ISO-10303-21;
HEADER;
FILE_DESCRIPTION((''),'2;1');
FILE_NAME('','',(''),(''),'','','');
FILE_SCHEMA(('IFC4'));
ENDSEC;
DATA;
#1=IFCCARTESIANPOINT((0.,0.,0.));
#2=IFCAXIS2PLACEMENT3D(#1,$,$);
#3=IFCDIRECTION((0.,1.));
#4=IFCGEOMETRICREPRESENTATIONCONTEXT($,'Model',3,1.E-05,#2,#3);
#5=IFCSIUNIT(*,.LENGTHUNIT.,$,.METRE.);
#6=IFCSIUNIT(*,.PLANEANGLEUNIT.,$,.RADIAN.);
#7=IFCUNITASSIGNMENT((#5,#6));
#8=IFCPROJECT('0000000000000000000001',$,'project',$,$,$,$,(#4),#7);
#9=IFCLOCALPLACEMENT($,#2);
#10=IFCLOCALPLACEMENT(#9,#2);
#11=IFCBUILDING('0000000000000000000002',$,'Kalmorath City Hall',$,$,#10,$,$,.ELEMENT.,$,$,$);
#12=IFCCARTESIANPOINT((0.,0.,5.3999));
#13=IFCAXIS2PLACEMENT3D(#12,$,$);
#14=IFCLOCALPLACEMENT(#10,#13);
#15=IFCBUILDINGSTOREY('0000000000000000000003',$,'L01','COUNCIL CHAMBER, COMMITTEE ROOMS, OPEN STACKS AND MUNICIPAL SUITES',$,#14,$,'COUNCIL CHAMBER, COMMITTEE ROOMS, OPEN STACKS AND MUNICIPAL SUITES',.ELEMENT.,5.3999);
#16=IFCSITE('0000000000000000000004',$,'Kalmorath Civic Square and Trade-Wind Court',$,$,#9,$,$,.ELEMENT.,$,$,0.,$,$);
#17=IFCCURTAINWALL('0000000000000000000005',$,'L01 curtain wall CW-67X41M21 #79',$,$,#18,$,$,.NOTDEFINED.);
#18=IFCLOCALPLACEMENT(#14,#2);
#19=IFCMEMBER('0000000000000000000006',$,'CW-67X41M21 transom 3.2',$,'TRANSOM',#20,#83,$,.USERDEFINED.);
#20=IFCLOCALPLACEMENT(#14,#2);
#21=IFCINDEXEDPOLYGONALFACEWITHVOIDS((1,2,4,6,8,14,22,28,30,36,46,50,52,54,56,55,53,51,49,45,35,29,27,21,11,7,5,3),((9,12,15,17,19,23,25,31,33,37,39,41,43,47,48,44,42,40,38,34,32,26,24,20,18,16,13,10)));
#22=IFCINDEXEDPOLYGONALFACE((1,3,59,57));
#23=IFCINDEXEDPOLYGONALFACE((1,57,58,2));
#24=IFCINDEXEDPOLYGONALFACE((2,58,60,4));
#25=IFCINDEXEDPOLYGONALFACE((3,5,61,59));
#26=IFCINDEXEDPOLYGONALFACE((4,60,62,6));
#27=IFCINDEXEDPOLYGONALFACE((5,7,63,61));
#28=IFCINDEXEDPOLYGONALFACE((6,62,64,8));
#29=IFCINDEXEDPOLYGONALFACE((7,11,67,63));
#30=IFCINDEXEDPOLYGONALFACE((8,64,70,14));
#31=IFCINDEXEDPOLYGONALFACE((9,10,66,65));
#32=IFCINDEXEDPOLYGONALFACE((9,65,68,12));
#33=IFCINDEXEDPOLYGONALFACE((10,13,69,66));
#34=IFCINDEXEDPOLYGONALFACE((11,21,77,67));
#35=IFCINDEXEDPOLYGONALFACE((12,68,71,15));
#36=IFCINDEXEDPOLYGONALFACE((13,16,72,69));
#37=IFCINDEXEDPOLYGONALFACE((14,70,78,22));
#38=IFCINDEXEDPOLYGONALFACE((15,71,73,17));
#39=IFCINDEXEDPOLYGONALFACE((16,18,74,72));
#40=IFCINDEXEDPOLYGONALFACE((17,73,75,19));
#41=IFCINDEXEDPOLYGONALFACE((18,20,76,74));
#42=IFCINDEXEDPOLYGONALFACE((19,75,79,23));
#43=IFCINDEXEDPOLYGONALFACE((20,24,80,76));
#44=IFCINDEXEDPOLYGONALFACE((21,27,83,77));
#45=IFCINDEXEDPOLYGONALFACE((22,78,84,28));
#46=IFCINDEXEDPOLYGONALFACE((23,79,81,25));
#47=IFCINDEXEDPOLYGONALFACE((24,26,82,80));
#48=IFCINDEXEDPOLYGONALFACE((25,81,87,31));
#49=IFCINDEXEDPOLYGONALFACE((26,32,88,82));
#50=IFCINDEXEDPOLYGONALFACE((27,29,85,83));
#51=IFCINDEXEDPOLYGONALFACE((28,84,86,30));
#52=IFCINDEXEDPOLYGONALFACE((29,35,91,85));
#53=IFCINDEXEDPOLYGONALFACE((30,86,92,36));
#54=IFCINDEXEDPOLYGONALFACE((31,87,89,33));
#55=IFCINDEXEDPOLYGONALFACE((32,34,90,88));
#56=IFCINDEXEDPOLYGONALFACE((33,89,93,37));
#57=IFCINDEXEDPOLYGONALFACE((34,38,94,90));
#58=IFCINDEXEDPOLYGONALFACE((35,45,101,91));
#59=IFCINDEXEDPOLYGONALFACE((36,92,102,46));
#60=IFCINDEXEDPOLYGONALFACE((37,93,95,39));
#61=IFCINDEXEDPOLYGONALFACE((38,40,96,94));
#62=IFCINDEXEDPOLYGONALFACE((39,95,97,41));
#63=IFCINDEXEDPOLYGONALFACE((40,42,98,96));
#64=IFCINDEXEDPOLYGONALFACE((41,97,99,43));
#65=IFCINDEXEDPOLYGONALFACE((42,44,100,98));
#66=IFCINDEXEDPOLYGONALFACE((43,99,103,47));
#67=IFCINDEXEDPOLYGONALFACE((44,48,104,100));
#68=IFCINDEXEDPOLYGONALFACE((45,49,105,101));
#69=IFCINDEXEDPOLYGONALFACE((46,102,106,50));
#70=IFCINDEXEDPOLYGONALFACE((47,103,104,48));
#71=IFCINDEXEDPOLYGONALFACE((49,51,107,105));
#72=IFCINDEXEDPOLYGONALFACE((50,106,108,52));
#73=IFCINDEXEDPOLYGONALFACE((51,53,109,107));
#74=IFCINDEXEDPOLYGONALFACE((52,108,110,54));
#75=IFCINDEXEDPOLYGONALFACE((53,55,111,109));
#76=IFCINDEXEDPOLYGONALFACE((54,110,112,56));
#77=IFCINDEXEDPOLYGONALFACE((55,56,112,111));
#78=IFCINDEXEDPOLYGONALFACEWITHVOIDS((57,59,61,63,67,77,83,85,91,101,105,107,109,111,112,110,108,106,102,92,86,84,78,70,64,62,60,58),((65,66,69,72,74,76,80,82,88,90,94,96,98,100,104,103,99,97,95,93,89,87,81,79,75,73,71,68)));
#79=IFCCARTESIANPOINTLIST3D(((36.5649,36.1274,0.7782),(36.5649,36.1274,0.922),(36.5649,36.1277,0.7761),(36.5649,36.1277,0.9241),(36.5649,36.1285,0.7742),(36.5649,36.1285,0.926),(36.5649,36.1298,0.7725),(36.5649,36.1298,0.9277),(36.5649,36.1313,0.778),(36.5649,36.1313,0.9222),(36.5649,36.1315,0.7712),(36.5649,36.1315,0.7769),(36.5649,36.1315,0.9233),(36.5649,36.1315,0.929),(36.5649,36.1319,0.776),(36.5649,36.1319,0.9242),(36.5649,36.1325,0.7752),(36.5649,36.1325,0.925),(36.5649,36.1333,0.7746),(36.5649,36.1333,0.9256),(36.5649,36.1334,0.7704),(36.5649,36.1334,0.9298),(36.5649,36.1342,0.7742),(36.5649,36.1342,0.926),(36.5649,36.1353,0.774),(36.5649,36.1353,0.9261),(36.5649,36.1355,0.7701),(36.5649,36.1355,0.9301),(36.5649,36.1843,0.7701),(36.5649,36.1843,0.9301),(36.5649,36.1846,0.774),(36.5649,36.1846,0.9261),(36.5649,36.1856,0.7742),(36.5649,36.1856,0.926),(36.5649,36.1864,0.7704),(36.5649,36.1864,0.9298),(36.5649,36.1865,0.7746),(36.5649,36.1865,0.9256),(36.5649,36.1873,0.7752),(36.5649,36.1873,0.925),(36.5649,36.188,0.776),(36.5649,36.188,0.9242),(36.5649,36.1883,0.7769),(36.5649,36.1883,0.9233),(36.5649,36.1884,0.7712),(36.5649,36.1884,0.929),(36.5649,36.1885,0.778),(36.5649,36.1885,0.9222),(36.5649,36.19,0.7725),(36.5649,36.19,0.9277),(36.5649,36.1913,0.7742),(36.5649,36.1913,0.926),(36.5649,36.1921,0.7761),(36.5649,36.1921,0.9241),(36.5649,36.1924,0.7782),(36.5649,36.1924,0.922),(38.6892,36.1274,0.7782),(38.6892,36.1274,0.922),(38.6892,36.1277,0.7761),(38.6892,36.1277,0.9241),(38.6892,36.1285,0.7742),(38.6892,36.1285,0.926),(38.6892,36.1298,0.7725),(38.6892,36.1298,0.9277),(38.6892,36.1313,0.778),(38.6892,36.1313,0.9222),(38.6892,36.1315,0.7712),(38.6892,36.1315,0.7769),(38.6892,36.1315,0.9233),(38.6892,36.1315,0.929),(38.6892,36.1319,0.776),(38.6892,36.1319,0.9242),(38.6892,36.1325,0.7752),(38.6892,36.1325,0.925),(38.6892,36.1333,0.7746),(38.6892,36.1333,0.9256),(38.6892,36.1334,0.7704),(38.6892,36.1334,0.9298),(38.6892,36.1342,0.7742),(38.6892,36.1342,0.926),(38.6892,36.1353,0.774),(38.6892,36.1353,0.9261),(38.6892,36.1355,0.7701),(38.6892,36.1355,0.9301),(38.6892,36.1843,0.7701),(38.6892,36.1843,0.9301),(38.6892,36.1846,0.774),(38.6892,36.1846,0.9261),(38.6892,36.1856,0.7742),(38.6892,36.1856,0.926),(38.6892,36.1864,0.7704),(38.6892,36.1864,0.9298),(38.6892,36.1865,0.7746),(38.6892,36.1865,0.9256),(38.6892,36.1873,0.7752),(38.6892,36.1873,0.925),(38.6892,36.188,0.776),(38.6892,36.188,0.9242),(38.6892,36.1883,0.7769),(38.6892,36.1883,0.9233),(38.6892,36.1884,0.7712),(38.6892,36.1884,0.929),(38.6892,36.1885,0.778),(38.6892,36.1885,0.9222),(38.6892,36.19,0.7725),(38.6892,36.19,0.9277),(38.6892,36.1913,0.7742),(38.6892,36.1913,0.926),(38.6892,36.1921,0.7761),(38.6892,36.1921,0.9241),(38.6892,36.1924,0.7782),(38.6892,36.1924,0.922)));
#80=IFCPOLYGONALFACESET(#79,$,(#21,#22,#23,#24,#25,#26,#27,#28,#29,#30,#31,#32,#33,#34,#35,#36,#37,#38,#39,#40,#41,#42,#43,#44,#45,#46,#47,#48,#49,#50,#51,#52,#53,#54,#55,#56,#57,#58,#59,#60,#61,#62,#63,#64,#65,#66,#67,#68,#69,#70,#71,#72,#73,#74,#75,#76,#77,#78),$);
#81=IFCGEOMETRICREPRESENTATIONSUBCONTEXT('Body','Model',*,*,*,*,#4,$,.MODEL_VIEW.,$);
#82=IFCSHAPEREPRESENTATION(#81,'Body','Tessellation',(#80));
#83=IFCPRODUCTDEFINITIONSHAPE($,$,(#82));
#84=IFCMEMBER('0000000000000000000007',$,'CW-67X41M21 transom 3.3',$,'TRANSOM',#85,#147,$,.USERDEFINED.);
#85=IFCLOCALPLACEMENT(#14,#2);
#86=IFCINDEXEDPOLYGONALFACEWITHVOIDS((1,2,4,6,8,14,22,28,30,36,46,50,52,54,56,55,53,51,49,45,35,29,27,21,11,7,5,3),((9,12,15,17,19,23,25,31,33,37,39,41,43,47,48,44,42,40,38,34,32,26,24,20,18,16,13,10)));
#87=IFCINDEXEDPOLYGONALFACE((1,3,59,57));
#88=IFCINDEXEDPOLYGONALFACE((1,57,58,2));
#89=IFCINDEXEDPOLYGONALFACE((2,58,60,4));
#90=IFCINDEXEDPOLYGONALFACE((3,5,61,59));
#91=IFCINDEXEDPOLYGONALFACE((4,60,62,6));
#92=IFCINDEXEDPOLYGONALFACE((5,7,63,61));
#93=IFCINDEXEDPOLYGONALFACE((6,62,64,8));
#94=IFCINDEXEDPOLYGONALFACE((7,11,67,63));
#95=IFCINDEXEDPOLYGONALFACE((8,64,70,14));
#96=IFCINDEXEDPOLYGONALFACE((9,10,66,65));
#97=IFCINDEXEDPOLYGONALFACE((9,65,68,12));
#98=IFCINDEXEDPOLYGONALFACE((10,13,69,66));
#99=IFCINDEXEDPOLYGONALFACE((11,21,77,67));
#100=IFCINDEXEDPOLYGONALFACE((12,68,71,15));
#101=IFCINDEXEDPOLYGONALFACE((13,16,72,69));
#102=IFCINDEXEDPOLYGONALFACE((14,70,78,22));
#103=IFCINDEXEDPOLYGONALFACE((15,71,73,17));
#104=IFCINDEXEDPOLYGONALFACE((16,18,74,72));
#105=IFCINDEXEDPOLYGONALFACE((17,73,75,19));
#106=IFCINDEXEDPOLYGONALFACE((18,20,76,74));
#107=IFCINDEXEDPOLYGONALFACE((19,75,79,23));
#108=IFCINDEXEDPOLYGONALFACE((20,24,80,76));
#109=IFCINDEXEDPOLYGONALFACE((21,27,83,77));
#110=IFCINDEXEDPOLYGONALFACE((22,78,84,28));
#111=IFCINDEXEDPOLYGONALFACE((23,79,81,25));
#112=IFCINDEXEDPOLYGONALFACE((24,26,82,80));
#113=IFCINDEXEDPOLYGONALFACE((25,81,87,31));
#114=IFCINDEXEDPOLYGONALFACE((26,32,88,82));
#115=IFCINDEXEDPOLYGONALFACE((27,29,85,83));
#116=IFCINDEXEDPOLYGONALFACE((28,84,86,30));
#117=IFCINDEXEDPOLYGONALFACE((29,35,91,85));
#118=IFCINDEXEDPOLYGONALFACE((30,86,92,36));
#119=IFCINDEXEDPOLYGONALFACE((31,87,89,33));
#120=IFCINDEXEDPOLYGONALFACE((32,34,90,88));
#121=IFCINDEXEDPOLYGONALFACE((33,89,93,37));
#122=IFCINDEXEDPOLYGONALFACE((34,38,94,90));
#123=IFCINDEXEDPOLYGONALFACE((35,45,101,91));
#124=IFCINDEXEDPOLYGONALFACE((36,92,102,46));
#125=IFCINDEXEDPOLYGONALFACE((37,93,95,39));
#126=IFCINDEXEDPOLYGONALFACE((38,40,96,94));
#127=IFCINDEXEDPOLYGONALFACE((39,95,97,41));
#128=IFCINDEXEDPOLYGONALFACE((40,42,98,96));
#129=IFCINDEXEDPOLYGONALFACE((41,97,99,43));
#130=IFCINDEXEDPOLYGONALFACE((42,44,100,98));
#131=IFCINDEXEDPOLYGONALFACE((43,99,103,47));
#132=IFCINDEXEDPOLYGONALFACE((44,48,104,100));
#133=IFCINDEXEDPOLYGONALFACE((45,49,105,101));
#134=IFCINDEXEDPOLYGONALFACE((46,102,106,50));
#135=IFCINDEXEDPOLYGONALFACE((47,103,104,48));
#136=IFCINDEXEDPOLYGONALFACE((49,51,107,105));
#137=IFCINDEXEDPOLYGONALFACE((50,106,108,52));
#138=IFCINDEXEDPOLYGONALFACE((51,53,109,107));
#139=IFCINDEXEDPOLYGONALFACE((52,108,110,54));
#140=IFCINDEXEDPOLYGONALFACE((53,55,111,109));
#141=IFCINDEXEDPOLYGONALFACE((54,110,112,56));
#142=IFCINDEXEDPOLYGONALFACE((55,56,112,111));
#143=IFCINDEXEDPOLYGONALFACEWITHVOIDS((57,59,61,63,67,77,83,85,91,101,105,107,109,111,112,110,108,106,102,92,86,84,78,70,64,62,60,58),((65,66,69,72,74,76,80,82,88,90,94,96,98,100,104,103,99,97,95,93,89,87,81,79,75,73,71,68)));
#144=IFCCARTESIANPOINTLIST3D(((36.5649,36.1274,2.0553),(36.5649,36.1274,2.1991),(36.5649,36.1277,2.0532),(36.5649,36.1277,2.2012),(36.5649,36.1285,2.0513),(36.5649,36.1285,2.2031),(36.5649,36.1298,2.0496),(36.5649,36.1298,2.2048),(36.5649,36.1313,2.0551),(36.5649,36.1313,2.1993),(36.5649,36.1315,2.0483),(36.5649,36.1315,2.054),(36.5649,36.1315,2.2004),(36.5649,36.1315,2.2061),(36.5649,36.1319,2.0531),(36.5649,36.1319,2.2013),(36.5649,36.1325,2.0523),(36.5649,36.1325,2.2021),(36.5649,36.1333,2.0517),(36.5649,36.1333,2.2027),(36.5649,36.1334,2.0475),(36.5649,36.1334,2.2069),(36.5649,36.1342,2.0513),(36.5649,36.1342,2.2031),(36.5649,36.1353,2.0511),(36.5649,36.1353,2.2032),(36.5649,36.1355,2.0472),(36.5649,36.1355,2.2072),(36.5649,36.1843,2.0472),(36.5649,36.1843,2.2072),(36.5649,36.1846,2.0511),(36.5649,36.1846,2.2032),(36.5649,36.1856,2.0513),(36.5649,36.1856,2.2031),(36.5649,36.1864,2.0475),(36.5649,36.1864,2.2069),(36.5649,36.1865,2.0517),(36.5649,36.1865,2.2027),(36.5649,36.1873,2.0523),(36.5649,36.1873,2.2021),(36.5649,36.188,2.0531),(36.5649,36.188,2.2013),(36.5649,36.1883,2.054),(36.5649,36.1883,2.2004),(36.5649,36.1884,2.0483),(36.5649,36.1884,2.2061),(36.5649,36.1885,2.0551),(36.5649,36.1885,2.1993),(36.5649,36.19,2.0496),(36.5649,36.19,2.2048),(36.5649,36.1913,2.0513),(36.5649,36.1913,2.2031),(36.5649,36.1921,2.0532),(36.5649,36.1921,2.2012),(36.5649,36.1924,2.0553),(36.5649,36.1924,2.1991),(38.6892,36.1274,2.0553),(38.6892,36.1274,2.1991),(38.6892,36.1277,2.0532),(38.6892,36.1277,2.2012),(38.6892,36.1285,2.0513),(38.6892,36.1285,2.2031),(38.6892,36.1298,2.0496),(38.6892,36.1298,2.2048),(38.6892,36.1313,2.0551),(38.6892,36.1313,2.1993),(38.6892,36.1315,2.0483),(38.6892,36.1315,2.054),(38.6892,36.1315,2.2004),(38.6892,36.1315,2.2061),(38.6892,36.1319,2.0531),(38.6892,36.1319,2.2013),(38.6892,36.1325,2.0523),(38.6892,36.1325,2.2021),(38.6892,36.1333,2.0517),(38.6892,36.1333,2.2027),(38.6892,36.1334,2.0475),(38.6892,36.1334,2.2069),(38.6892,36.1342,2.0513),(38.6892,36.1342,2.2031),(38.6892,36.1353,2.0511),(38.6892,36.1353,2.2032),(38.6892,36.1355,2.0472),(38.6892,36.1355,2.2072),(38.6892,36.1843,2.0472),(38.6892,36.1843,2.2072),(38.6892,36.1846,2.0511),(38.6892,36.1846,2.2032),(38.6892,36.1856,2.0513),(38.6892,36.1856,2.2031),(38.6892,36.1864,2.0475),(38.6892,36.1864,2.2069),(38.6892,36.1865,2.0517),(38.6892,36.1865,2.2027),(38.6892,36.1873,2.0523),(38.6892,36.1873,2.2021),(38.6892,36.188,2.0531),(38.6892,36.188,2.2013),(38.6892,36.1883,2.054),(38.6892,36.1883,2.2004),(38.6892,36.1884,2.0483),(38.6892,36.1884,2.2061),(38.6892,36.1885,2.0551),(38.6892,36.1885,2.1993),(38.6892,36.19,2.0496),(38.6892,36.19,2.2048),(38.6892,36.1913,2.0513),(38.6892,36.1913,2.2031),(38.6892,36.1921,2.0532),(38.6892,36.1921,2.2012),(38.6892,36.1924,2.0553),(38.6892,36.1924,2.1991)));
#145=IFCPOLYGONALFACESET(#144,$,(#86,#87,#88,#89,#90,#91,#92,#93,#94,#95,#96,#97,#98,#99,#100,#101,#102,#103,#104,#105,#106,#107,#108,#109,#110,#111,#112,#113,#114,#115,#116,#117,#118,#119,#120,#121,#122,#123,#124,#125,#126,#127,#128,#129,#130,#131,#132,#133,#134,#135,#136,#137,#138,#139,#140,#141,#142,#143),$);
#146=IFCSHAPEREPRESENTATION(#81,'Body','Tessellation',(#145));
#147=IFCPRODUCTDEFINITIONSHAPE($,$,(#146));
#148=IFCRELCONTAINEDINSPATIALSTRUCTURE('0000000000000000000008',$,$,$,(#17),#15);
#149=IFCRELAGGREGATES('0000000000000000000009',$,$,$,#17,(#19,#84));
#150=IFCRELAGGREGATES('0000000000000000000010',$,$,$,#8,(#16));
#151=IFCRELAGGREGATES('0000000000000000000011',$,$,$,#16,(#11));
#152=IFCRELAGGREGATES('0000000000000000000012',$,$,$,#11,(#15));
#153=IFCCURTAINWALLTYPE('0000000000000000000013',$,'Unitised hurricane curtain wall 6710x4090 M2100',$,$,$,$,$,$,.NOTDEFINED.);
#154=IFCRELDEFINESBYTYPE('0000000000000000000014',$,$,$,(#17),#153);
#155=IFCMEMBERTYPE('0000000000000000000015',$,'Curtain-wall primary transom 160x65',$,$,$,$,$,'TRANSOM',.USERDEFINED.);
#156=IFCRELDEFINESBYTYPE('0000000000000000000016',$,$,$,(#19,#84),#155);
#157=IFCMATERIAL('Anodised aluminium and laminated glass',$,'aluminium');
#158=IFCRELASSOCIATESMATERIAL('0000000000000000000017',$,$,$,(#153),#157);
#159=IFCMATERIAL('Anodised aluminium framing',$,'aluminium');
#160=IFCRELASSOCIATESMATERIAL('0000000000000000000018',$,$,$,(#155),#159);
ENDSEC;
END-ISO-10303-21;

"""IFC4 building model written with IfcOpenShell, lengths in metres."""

from ifc_helpers import new_model, si_unit, direction, frame, origin, origin_2d, place, context, subcontext, project, spatial, hollow_rectangle, extrude, material, material_profile, profile_set, type_object, element, aggregate, save


model = new_model("IFC4")

# Units and contexts
model_context = context("Model", 3, precision=1e-05, world=origin(), true_north=direction((0.0, 1.0)))
body_context = subcontext(model_context, "Body", "Model", "MODEL_VIEW")
ifc_project = project(units=[si_unit("LENGTHUNIT", "METRE"), si_unit("PLANEANGLEUNIT", "RADIAN")], contexts=[model_context])

# Site, building, storey
site_placement = place(None, origin())
site = spatial("IfcSite", under=ifc_project, at=site_placement, Name="Kalmorath Civic Square and Trade-Wind Court", CompositionType="ELEMENT", RefElevation=0.0)
building_placement = place(site_placement, origin())
building = spatial("IfcBuilding", under=site, at=building_placement, Name="Kalmorath City Hall", CompositionType="ELEMENT")
storey_placement = place(building_placement, frame((0.0, 0.0, 5.3999)))
storey = spatial("IfcBuildingStorey", under=building, at=storey_placement, Name="L01", Description="COUNCIL CHAMBER, COMMITTEE ROOMS, OPEN STACKS AND MUNICIPAL SUITES", LongName="COUNCIL CHAMBER, COMMITTEE ROOMS, OPEN STACKS AND MUNICIPAL SUITES", CompositionType="ELEMENT", Elevation=5.3999)

# Curtain wall, members
ifc_material_1 = material(Name="Anodised aluminium and laminated glass", Category="aluminium")
curtain_wall_type = type_object("IfcCurtainWallType", Name="Unitised hurricane curtain wall 6710x4090 M2100", PredefinedType="NOTDEFINED", material=ifc_material_1)
curtain_wall_placement = place(storey_placement, origin())
curtain_wall = element("IfcCurtainWall", 1, at=curtain_wall_placement, inside=storey, type_object=curtain_wall_type, Name="L01 curtain wall CW-67X41M21 #79", PredefinedType="NOTDEFINED")
ifc_material_2 = material(Name="Anodised aluminium framing", Category="aluminium")
ifc_material_profile_1 = material_profile(ifc_material_2, hollow_rectangle(XDim=0.0649, YDim=0.1599, WallThickness=0.0039, InnerFilletRadius=0.0039, OuterFilletRadius=0.0081, at=origin_2d()), Name="ALU-TRN-160X65X4")
ifc_profile_set_1 = profile_set([ifc_material_profile_1], Name="Anodised aluminium framing")
member_type_1 = type_object("IfcMemberType", Name="Curtain-wall primary transom 160x65", ElementType="TRANSOM", PredefinedType="USERDEFINED", material=ifc_profile_set_1)
member_1_placement = place(storey_placement, frame((38.6892, 36.1599, 0.8501), z_axis=(-1.0, 0.0, 0.0), x_axis=(0.0, -1.0, 0.0)))
member_1 = element("IfcMember", 2, at=member_1_placement, type_object=member_type_1, Name="CW-67X41M21 transom 3.2", ObjectType="TRANSOM", PredefinedType="USERDEFINED", context=body_context, shape_type="SweptSolid", body=[
    extrude(hollow_rectangle(XDim=0.0649, YDim=0.1599, WallThickness=0.0039, InnerFilletRadius=0.0039, OuterFilletRadius=0.0081, at=origin_2d()), origin(), (0.0, 0.0, 1.0), 2.1243),
])
member_2_placement = place(storey_placement, frame((38.6892, 36.1599, 2.1272), z_axis=(-1.0, 0.0, 0.0), x_axis=(0.0, -1.0, 0.0)))
member_2 = element("IfcMember", 3, at=member_2_placement, type_object=member_type_1, Name="CW-67X41M21 transom 3.3", ObjectType="TRANSOM", PredefinedType="USERDEFINED", context=body_context, shape_type="SweptSolid", body=[
    extrude(hollow_rectangle(XDim=0.0649, YDim=0.1599, WallThickness=0.0039, InnerFilletRadius=0.0039, OuterFilletRadius=0.0081, at=origin_2d()), origin(), (0.0, 0.0, 1.0), 2.1243),
])

aggregate(curtain_wall, [member_1, member_2])

save(model, "model.ifc")
